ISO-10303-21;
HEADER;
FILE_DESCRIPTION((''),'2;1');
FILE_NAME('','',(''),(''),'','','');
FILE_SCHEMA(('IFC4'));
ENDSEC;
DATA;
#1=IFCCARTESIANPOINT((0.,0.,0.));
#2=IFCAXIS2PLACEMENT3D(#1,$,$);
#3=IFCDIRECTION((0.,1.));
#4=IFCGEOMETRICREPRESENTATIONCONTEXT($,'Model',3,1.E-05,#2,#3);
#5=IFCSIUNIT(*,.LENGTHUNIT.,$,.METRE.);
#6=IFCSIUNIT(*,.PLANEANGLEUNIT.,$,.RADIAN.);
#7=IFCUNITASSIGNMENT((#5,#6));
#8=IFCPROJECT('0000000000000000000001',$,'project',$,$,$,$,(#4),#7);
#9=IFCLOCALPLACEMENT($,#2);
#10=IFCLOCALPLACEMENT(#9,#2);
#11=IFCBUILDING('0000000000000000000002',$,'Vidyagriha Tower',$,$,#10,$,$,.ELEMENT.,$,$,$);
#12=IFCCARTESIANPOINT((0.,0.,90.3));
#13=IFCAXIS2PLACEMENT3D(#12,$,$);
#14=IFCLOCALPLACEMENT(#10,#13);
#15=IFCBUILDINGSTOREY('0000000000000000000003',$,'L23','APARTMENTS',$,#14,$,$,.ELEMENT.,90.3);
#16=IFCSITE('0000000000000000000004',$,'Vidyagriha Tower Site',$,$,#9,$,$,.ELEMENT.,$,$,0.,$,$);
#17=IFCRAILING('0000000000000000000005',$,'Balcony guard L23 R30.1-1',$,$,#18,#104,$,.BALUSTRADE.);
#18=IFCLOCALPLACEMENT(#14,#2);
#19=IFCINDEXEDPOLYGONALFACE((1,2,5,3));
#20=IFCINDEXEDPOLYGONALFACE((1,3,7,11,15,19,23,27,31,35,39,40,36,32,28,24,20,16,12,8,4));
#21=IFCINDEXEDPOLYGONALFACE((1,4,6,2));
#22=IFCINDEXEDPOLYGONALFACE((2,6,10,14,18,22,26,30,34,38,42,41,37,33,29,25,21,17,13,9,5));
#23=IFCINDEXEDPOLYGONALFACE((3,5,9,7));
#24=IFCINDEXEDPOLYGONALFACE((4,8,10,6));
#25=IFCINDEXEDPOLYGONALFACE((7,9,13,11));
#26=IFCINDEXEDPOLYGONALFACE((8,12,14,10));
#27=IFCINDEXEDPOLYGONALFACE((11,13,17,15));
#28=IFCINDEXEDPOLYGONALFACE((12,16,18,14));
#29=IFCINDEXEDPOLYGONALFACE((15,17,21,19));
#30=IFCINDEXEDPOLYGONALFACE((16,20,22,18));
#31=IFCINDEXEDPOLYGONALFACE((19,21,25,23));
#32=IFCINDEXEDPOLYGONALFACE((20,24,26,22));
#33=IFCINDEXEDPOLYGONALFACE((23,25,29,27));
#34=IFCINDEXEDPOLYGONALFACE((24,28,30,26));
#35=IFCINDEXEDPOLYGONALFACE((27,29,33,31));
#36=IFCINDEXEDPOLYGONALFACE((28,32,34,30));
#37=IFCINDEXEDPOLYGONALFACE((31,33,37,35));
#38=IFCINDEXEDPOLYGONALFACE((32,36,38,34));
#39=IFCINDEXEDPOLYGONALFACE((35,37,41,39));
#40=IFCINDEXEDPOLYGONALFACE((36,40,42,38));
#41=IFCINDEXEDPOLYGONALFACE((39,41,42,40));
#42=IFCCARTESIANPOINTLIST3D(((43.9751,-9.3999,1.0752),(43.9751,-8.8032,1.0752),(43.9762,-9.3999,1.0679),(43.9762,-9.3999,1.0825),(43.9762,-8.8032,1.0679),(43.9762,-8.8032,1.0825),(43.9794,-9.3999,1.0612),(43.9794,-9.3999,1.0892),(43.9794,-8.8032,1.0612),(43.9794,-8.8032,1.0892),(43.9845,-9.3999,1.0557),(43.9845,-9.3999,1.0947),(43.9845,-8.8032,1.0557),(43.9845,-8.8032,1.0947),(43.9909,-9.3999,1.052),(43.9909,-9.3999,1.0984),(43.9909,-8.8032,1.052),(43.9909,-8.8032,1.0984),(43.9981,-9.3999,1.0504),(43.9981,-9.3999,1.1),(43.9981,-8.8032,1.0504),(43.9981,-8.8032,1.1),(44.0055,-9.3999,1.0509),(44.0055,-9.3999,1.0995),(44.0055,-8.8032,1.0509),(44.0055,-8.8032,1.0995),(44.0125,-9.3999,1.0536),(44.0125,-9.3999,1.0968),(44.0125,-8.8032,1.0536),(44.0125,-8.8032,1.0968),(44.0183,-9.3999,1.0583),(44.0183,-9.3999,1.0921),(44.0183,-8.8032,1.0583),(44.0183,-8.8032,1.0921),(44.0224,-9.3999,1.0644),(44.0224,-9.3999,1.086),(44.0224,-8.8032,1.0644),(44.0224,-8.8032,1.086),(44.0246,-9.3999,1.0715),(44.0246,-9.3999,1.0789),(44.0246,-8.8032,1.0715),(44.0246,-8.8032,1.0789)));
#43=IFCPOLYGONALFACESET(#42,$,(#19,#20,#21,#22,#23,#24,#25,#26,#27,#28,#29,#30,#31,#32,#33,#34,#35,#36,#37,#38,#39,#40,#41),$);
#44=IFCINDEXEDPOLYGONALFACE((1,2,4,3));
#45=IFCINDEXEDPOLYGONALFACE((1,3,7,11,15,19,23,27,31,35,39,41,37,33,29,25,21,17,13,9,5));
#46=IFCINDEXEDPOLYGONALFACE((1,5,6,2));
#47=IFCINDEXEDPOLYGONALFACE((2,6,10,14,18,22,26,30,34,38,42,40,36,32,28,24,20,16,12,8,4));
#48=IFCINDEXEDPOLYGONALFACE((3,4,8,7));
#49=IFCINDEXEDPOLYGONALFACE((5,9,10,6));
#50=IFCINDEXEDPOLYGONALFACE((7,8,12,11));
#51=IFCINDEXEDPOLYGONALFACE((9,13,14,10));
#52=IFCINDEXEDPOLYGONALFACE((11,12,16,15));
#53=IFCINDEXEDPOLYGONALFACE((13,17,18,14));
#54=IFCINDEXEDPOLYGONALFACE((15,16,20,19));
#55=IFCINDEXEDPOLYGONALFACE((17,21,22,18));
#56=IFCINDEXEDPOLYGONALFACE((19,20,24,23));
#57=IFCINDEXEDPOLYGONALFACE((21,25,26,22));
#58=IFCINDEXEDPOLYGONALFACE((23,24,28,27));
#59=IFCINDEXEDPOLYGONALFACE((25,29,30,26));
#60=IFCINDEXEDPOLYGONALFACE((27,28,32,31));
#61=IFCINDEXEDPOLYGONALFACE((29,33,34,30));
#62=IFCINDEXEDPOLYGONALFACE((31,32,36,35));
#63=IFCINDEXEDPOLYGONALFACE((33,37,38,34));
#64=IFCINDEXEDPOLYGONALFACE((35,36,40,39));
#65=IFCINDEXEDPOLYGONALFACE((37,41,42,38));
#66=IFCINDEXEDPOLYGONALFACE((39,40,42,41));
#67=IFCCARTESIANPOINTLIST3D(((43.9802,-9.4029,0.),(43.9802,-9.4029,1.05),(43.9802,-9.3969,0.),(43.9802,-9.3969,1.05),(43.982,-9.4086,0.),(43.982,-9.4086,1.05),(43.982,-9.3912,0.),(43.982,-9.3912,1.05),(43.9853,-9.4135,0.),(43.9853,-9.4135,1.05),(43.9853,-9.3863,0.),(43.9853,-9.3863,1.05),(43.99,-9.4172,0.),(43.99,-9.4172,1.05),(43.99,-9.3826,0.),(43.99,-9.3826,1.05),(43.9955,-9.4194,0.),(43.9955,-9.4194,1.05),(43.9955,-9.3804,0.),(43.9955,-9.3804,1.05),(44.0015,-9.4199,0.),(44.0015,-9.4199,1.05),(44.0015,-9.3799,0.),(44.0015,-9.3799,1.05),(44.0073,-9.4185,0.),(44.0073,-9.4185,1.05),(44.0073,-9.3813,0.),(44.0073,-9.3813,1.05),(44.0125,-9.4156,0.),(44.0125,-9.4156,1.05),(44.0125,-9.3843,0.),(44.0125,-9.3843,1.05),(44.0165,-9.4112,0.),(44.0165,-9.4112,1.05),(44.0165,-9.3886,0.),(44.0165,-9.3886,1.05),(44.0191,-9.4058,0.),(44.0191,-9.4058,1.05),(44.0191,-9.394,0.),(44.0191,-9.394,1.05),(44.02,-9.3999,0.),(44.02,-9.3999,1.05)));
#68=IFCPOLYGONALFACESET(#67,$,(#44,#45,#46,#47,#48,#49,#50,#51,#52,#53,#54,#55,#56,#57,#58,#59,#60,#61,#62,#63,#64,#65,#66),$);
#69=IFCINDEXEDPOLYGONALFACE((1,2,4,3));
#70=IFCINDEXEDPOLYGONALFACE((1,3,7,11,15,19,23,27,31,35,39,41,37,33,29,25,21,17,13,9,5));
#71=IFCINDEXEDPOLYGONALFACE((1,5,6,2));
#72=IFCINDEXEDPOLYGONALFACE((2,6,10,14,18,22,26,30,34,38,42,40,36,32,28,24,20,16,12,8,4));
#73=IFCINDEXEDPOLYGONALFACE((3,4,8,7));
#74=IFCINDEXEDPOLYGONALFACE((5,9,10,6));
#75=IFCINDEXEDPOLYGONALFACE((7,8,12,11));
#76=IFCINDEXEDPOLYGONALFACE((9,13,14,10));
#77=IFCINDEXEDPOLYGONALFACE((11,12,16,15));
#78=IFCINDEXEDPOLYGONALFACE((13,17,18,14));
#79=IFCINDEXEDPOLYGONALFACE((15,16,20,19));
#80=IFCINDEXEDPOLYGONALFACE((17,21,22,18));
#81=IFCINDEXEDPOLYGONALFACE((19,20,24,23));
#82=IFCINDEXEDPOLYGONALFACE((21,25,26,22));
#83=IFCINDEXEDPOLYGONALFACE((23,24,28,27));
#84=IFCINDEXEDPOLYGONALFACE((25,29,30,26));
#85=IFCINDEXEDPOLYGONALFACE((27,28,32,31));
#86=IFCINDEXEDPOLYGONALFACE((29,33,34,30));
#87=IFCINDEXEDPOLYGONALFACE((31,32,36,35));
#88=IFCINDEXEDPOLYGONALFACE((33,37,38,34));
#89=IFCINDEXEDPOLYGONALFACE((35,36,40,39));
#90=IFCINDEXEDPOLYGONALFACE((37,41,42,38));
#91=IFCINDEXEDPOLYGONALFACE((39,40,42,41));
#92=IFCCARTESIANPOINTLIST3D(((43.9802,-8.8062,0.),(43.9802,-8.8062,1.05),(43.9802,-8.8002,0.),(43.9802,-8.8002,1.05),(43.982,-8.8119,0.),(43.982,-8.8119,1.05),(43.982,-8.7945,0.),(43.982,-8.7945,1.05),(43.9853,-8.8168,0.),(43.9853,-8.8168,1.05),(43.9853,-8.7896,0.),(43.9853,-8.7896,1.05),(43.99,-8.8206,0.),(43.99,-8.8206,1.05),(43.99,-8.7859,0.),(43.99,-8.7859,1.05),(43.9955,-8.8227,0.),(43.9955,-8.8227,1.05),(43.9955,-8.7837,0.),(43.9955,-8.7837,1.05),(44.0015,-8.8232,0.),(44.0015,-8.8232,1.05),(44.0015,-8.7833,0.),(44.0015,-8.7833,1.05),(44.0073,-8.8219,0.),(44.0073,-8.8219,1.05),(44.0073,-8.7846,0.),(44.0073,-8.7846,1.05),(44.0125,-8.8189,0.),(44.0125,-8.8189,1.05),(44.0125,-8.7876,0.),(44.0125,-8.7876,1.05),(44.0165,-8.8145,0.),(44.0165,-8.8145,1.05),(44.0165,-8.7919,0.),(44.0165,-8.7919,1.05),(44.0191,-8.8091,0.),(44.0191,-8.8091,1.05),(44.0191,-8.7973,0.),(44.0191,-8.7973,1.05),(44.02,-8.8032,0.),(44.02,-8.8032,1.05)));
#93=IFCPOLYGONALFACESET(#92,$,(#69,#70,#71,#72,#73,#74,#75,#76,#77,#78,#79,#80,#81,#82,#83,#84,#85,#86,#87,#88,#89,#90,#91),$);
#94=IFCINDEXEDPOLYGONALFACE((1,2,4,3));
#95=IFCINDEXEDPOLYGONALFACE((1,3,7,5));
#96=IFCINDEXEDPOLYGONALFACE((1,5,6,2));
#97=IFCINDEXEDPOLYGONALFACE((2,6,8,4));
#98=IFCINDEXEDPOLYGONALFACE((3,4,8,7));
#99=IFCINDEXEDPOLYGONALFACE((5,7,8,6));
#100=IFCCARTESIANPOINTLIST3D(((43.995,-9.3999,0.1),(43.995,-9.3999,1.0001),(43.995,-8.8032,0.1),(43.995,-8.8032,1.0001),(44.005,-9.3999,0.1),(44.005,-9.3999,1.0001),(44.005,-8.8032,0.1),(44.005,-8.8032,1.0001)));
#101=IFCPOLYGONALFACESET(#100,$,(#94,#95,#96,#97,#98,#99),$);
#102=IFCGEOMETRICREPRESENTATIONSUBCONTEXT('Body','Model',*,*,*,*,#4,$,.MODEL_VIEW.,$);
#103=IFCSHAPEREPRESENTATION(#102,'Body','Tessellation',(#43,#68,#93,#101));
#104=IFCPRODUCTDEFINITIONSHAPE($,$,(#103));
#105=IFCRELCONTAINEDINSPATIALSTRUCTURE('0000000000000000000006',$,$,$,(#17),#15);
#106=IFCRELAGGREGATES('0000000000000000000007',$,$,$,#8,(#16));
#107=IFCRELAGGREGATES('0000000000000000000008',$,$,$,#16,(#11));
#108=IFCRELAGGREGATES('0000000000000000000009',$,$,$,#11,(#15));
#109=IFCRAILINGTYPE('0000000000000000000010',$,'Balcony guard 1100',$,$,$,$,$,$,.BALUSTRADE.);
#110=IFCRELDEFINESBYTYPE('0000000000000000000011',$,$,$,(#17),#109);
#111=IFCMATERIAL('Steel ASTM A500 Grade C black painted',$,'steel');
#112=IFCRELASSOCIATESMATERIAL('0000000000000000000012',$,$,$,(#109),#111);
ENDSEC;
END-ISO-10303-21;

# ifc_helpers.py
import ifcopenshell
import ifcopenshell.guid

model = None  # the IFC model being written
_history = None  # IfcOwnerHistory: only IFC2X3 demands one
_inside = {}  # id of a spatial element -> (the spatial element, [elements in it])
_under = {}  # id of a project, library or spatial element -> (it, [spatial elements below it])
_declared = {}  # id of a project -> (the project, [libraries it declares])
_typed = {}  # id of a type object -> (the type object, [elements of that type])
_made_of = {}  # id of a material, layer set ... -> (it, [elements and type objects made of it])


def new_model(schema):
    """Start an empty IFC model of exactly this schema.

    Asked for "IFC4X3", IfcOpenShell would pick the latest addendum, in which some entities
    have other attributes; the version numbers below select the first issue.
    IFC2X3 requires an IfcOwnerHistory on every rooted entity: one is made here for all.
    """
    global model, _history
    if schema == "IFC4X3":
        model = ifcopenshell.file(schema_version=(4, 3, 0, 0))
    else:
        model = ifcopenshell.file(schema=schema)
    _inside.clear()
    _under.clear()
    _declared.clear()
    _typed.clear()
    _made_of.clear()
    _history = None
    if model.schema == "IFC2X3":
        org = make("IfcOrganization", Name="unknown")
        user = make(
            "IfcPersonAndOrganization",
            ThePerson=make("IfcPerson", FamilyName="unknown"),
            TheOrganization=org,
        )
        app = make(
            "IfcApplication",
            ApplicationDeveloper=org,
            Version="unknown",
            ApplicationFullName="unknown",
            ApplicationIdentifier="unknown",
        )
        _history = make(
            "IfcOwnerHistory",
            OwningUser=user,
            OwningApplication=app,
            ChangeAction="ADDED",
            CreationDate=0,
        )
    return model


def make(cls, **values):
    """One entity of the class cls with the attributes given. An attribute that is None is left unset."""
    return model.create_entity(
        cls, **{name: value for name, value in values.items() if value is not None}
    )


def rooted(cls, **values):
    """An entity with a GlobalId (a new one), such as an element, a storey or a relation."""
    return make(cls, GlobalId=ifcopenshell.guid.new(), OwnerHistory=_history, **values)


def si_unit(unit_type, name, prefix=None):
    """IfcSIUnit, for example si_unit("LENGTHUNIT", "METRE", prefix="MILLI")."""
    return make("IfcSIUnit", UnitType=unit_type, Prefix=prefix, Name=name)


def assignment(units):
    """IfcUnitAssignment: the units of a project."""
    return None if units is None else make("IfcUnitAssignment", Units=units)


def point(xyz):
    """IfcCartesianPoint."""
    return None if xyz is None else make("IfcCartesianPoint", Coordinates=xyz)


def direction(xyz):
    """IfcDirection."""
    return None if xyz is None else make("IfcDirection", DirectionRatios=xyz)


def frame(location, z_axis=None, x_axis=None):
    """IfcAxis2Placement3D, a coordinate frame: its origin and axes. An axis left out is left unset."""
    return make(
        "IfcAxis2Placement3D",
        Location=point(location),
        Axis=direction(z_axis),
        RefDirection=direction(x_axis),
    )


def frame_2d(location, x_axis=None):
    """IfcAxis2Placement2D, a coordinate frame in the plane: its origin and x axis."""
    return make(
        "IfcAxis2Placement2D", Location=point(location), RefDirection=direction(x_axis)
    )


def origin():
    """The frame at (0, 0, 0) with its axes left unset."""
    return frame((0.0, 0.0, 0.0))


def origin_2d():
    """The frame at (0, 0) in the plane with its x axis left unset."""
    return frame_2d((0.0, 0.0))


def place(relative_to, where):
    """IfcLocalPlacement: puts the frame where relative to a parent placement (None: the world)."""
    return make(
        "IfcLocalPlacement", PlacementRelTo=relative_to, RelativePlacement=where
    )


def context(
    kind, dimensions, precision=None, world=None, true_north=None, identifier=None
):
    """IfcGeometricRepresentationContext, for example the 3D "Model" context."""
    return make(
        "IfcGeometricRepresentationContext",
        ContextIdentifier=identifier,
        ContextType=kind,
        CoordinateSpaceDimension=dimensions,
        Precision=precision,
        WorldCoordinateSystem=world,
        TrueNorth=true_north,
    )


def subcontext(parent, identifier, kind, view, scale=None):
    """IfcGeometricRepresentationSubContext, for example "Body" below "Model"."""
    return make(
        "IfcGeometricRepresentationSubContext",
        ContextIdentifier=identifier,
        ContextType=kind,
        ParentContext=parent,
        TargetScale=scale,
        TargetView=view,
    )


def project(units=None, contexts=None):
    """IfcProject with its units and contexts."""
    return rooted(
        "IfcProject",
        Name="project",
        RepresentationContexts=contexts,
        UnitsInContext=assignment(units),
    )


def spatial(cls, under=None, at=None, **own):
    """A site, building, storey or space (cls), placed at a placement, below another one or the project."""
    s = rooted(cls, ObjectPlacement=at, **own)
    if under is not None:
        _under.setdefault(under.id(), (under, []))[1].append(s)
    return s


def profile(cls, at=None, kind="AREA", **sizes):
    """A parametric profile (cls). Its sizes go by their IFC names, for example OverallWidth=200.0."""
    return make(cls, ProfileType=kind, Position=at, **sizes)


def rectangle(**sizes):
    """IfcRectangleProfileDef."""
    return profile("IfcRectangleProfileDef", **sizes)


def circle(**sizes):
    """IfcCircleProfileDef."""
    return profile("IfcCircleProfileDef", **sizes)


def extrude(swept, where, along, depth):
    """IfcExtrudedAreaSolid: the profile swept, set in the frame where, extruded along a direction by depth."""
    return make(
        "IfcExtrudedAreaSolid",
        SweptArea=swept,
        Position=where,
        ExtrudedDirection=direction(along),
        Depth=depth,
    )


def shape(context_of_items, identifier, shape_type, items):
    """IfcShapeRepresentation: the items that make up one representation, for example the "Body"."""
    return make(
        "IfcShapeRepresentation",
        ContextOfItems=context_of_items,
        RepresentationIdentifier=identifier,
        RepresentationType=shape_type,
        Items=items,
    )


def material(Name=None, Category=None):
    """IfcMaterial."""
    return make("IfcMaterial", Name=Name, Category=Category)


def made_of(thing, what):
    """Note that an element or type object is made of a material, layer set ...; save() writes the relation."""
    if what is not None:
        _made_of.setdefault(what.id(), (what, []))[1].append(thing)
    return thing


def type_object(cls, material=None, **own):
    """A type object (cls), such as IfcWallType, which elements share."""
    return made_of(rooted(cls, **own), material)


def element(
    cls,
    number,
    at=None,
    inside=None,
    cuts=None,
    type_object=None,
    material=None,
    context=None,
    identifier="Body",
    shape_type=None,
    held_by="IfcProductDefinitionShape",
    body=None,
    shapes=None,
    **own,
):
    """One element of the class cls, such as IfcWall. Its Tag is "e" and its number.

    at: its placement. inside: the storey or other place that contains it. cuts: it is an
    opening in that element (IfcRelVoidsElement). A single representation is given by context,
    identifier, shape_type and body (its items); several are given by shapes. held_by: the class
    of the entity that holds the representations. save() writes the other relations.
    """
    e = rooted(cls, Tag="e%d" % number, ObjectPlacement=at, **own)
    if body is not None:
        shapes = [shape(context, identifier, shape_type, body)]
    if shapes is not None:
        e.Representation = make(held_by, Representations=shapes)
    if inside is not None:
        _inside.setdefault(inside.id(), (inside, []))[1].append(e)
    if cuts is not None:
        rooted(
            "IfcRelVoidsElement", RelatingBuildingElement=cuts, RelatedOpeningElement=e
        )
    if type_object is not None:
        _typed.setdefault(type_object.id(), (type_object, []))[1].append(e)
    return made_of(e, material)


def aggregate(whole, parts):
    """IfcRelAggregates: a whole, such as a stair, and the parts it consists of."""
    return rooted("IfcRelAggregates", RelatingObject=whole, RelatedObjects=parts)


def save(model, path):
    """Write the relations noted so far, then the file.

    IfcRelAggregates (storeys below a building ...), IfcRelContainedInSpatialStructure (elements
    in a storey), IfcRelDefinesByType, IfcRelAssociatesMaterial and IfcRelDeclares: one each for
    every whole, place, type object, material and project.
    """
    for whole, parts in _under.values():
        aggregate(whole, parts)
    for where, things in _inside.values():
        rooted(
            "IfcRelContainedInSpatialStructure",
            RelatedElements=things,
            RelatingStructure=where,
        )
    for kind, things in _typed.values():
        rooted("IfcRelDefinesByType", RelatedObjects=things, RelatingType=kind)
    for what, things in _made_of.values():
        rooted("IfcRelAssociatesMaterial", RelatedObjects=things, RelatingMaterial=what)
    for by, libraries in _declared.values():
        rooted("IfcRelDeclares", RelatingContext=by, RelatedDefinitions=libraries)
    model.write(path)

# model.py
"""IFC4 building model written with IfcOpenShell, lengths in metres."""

from ifc_helpers import new_model, si_unit, direction, frame, origin, origin_2d, place, context, subcontext, project, spatial, rectangle, circle, extrude, material, type_object, element, save


model = new_model("IFC4")

# Units and contexts
model_context = context("Model", 3, precision=1e-05, world=origin(), true_north=direction((0.0, 1.0)))
body_context = subcontext(model_context, "Body", "Model", "MODEL_VIEW")
ifc_project = project(units=[si_unit("LENGTHUNIT", "METRE"), si_unit("PLANEANGLEUNIT", "RADIAN")], contexts=[model_context])

# Site, building, storey
site_placement = place(None, origin())
site = spatial("IfcSite", under=ifc_project, at=site_placement, Name="Vidyagriha Tower Site", CompositionType="ELEMENT", RefElevation=0.0)
building_placement = place(site_placement, origin())
building = spatial("IfcBuilding", under=site, at=building_placement, Name="Vidyagriha Tower", CompositionType="ELEMENT")
storey_placement = place(building_placement, frame((0.0, 0.0, 90.3)))
storey = spatial("IfcBuildingStorey", under=building, at=storey_placement, Name="L23", Description="APARTMENTS", CompositionType="ELEMENT", Elevation=90.3)

# Railing
ifc_material_1 = material(Name="Steel ASTM A500 Grade C black painted", Category="steel")
railing_type_1 = type_object("IfcRailingType", Name="Balcony guard 1100", PredefinedType="BALUSTRADE", material=ifc_material_1)
railing_1_placement = place(storey_placement, frame((44.0, -9.3999, 0.0)))
element("IfcRailing", 1, at=railing_1_placement, inside=storey, type_object=railing_type_1, Name="Balcony guard L23 R30.1-1", PredefinedType="BALUSTRADE", context=body_context, shape_type="SweptSolid", body=[
    extrude(circle(Radius=0.0249, at=origin_2d()), frame((0.0, 0.0, 1.0752), z_axis=(0.0, 1.0, 0.0), x_axis=(-1.0, 0.0, 0.0)), (0.0, 0.0, 1.0), 0.5967),
    extrude(circle(Radius=0.02, at=origin_2d()), origin(), (0.0, 0.0, 1.0), 1.05),
    extrude(circle(Radius=0.02, at=origin_2d()), frame((0.0, 0.5967, 0.0)), (0.0, 0.0, 1.0), 1.05),
    extrude(rectangle(XDim=0.01, YDim=0.9001, at=origin_2d()), frame((0.0, 0.0, 0.55), z_axis=(0.0, 1.0, 0.0), x_axis=(-1.0, 0.0, 0.0)), (0.0, 0.0, 1.0), 0.5967),
])

save(model, "model.ifc")
